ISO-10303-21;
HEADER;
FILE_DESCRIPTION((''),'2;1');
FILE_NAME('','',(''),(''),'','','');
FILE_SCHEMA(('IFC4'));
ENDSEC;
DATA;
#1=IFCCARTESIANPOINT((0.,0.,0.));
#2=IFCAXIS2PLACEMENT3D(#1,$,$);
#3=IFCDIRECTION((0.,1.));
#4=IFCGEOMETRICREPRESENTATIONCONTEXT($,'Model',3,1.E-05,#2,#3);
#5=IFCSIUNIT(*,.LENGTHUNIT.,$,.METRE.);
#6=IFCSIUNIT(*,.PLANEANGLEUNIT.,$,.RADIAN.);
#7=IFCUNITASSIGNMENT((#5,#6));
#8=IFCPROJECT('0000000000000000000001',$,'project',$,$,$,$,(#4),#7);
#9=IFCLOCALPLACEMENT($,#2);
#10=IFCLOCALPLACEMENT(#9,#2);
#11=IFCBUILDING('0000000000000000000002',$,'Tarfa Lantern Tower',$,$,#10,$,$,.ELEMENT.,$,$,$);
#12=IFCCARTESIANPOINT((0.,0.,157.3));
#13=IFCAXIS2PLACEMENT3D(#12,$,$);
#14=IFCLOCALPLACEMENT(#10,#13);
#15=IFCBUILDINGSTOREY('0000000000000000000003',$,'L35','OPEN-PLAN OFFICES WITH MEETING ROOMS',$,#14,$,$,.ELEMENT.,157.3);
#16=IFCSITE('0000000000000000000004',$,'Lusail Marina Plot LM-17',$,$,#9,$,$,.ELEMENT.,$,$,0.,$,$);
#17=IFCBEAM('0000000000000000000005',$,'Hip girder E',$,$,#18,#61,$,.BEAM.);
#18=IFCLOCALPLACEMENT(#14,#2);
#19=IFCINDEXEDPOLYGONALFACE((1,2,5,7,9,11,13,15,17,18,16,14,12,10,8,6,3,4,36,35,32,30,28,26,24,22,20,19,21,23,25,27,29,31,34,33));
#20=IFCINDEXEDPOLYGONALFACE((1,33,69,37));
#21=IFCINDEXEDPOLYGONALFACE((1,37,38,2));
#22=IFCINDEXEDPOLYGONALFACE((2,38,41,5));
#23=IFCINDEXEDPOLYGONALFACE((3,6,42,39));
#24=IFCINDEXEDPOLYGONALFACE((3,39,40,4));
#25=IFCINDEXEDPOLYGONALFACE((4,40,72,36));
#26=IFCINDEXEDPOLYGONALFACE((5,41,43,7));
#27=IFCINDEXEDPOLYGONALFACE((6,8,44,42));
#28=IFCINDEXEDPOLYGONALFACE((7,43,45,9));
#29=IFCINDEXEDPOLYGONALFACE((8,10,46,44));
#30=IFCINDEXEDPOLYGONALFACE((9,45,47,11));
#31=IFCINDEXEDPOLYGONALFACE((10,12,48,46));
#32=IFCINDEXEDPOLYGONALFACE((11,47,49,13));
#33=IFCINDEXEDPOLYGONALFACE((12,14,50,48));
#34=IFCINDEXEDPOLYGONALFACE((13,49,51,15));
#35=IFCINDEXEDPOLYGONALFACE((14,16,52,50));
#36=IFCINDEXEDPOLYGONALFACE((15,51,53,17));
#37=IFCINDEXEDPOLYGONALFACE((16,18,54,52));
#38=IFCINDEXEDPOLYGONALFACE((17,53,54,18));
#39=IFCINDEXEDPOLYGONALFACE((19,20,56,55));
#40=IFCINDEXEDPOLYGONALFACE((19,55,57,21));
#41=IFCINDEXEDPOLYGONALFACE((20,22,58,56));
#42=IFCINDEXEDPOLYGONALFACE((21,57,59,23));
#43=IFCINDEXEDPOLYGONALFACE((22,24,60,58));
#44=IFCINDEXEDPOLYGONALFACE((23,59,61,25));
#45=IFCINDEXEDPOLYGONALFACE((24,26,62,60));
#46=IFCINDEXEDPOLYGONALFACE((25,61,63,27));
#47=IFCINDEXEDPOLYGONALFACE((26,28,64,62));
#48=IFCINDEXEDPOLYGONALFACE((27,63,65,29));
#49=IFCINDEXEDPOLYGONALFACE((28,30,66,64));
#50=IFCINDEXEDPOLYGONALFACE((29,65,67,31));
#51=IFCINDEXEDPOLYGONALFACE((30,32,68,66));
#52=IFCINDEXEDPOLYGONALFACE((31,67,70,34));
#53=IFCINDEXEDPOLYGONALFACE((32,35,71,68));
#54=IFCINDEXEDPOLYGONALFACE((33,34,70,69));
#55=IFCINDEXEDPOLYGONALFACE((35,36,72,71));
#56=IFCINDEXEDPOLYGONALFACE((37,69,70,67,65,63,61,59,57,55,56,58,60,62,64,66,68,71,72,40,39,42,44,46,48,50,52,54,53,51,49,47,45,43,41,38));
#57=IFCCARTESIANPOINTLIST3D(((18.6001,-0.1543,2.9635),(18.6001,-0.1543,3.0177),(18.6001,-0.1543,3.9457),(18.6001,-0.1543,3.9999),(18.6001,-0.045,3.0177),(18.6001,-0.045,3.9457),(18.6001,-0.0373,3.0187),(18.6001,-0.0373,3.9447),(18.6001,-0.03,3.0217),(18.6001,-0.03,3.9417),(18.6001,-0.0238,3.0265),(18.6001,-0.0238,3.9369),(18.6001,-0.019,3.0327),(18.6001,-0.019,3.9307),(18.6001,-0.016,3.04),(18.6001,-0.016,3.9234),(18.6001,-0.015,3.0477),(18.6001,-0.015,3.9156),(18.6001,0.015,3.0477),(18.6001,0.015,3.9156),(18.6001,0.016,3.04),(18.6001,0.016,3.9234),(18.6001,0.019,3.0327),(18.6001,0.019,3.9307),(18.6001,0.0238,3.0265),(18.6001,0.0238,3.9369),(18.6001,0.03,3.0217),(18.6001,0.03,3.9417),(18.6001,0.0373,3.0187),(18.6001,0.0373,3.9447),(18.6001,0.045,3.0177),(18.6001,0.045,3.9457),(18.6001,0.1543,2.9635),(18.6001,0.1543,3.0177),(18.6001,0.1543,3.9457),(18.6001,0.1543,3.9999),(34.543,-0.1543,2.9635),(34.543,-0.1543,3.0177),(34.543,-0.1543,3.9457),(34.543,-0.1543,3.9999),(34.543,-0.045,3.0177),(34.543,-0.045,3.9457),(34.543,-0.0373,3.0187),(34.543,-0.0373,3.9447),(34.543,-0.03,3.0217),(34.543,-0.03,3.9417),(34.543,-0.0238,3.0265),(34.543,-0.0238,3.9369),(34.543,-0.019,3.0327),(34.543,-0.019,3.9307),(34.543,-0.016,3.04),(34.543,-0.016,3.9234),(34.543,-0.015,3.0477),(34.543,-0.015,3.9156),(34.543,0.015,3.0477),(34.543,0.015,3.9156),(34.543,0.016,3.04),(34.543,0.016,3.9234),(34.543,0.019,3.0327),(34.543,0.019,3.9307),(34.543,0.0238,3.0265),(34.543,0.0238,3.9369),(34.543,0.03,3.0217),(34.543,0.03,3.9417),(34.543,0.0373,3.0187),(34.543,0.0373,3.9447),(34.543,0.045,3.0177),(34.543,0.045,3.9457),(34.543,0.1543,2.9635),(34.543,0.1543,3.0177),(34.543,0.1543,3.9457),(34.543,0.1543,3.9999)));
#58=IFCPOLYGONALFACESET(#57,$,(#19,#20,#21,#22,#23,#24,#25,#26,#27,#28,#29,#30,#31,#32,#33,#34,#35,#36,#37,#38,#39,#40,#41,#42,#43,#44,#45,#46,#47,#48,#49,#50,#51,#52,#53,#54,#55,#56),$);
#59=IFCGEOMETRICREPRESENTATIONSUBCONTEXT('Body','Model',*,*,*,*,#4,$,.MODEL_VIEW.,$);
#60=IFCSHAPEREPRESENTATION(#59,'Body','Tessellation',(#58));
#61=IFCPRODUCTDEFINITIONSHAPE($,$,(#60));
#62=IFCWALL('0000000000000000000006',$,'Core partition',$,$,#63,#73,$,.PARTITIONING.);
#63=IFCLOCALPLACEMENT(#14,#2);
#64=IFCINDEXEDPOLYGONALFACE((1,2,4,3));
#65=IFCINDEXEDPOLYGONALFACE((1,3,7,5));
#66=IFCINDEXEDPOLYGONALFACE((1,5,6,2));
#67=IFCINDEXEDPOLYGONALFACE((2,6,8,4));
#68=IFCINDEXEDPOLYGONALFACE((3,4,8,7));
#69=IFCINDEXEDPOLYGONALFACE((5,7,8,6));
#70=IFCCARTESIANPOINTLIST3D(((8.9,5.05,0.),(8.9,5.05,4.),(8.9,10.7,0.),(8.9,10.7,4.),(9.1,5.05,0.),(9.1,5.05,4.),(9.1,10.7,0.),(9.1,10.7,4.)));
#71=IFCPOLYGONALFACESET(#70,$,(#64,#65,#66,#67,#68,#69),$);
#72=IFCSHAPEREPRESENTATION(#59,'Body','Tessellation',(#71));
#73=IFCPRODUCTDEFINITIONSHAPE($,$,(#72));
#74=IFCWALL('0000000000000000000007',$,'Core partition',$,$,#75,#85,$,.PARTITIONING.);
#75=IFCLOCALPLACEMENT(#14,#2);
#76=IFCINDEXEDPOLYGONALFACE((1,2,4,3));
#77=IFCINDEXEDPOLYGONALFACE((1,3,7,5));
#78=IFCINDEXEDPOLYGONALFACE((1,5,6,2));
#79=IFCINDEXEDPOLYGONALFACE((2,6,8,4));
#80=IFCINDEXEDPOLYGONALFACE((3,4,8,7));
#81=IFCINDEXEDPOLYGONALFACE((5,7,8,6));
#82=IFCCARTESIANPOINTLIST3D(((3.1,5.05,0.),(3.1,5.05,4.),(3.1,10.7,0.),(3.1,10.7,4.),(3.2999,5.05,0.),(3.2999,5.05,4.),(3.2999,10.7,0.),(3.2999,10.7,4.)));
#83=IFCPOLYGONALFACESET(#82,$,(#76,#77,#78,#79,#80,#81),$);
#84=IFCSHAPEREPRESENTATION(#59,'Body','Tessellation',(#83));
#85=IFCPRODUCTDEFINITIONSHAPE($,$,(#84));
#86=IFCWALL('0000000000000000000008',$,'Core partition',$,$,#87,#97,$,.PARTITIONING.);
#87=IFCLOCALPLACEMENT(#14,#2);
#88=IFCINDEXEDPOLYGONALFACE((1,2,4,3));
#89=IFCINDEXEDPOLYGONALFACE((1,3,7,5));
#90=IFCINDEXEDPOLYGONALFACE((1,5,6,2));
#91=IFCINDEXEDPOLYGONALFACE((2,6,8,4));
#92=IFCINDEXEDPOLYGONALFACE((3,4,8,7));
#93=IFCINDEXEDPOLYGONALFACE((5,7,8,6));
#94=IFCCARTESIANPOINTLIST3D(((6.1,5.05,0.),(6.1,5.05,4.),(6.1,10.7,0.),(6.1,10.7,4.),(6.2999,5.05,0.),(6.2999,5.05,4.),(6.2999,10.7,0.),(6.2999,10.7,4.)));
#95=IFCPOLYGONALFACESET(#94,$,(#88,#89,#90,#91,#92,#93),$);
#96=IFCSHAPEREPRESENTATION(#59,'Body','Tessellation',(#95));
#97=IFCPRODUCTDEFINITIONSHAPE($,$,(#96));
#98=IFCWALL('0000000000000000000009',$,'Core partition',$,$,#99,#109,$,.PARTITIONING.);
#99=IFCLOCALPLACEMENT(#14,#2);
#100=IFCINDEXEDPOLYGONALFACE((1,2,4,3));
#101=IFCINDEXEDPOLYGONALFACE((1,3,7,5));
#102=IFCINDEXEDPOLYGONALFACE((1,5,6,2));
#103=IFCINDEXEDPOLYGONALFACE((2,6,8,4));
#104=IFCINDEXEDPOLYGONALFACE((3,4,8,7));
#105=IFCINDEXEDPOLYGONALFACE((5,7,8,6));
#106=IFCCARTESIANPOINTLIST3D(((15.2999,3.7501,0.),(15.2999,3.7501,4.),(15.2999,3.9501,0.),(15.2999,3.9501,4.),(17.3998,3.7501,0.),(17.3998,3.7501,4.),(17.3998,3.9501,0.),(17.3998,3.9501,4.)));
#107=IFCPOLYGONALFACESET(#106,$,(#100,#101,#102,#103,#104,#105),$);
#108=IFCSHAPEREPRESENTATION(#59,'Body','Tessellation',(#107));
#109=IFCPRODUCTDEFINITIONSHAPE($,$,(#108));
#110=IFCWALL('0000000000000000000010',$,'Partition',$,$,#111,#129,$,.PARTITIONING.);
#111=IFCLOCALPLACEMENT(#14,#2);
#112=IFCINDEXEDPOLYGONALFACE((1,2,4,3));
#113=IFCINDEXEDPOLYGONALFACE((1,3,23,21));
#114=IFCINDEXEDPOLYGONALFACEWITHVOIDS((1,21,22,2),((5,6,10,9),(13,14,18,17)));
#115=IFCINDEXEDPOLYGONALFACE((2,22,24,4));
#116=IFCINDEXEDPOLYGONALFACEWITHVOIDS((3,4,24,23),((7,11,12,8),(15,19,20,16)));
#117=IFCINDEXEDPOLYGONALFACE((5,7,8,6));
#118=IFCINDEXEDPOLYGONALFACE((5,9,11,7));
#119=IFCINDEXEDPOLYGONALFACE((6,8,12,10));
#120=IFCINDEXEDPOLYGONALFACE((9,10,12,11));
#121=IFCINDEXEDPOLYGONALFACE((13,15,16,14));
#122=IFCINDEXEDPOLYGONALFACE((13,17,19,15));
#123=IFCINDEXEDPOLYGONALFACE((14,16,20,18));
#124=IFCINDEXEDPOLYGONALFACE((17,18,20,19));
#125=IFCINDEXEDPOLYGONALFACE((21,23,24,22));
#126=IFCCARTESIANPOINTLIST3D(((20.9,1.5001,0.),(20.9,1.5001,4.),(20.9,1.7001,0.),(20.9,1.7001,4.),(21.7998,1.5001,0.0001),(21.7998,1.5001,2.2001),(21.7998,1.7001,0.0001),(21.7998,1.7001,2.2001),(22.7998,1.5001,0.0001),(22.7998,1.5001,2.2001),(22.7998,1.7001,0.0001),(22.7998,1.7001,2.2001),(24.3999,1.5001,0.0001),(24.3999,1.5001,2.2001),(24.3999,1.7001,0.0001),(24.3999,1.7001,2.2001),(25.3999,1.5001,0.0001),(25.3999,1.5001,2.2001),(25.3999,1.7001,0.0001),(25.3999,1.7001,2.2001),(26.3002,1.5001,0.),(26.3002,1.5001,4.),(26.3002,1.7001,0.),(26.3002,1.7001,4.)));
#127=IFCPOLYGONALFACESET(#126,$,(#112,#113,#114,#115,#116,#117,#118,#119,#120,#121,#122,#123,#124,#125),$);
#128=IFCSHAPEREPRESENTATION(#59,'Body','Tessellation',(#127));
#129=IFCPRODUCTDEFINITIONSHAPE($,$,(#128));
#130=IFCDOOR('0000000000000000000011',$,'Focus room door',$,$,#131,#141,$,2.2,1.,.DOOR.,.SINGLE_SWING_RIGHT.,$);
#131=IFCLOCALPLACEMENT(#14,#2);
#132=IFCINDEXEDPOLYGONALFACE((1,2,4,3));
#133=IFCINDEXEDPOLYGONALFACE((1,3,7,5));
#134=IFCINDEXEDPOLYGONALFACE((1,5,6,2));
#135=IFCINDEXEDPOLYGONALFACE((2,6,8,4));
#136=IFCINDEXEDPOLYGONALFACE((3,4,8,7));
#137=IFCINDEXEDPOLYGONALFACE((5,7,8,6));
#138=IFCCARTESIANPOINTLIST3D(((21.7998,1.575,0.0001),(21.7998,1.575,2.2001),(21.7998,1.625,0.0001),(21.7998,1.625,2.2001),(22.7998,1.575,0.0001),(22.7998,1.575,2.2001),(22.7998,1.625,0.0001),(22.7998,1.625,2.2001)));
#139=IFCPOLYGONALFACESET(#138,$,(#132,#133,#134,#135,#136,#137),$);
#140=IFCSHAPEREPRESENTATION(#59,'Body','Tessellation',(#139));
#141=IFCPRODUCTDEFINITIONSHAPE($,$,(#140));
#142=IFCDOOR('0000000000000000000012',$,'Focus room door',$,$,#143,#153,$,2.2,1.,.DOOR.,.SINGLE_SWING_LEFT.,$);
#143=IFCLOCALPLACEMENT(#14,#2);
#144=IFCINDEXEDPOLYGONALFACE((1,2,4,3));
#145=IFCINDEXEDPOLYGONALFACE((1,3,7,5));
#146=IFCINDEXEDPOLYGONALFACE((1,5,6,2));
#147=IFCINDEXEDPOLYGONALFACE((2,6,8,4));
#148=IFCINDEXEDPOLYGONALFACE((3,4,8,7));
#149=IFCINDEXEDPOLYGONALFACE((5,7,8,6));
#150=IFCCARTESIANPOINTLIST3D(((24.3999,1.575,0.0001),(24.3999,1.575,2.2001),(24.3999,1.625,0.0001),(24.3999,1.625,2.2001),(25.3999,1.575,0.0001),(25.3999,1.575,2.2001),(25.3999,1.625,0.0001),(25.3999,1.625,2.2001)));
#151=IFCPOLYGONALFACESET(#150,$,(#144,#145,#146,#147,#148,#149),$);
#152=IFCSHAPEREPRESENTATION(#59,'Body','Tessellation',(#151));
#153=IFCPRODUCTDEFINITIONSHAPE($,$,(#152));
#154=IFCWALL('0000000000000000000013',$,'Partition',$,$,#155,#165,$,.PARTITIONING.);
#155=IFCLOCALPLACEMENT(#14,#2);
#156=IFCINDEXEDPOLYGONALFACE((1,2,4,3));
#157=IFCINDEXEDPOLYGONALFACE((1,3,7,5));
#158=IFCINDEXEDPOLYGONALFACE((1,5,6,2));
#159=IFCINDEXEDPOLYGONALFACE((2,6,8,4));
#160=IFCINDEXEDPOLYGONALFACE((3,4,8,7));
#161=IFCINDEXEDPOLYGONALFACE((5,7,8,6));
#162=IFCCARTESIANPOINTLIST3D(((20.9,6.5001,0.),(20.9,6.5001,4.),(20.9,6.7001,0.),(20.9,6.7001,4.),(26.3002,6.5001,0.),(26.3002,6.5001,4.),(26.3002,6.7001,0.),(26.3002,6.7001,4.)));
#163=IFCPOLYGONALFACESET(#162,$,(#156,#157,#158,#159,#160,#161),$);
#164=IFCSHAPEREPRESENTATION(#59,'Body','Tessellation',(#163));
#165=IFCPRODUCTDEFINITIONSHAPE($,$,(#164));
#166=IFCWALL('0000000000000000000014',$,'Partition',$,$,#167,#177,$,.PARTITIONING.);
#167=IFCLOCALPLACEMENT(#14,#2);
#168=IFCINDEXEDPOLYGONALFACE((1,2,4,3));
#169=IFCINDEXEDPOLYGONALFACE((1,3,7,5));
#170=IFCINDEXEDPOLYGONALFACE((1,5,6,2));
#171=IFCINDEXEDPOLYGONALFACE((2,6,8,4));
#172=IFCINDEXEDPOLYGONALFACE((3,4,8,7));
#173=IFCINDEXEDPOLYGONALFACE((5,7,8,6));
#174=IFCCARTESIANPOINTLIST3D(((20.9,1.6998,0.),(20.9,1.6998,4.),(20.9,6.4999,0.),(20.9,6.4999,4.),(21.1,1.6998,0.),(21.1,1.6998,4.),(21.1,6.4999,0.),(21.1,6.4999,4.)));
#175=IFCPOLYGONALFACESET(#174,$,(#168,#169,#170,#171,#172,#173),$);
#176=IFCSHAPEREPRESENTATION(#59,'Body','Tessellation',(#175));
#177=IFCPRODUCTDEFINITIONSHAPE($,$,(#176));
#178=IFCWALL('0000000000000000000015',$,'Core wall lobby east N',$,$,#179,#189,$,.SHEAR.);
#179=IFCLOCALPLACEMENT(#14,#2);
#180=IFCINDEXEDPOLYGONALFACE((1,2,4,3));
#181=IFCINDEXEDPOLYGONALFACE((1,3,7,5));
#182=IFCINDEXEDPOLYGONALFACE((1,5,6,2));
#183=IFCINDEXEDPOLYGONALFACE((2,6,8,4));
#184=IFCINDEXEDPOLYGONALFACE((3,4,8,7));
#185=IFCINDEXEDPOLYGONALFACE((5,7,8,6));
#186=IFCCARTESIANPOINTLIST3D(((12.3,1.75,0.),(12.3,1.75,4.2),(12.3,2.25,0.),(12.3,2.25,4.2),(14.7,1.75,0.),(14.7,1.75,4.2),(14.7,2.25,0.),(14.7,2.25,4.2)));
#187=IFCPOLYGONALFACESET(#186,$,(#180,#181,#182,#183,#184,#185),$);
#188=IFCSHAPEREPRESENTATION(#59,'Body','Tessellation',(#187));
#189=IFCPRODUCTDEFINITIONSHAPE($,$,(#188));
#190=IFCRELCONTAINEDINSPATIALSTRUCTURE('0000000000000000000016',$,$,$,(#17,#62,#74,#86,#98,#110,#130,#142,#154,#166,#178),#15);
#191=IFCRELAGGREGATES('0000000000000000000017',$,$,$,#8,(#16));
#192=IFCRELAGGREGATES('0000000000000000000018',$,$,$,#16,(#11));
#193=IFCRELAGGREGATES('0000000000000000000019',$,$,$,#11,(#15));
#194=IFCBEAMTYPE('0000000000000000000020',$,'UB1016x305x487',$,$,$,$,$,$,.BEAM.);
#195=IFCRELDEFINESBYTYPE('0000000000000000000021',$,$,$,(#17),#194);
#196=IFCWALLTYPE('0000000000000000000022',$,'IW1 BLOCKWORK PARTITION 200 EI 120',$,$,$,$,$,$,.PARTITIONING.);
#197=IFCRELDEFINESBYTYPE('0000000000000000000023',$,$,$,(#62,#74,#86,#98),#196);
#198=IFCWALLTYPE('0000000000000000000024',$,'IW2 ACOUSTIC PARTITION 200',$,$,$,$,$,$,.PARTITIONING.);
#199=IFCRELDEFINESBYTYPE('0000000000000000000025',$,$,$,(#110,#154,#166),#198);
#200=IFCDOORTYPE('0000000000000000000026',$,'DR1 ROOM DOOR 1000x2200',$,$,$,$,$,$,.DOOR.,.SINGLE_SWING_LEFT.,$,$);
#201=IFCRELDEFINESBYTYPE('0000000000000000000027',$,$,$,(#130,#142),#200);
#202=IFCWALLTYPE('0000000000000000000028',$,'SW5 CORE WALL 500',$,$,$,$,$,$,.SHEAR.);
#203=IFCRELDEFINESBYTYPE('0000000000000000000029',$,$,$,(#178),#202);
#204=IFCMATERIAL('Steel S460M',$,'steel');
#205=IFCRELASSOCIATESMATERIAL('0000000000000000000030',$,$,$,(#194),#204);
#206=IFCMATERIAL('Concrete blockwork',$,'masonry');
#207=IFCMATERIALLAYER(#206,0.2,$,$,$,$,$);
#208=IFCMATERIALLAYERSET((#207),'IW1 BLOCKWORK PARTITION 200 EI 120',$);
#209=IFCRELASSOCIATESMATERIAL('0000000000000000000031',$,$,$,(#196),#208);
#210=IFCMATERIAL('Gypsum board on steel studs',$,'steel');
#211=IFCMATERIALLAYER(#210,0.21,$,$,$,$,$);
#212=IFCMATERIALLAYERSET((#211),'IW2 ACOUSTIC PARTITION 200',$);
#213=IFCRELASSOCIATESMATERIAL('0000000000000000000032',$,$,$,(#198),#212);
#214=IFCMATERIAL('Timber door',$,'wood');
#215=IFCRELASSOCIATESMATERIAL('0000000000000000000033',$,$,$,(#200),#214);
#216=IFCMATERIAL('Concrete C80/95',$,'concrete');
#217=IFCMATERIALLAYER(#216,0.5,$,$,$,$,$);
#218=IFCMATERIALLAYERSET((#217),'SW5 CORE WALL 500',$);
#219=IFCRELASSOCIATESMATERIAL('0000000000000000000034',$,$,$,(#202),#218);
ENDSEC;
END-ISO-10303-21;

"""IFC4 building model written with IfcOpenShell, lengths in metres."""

from ifc_helpers import new_model, si_unit, direction, frame, frame_2d, origin, origin_2d, place, context, subcontext, project, spatial, rectangle, i_section, extrude, material, layer, layer_set, material_profile, profile_set, type_object, element, fill, save


model = new_model("IFC4")

# Units and contexts
model_context = context("Model", 3, precision=1e-05, world=origin(), true_north=direction((0.0, 1.0)))
body_context = subcontext(model_context, "Body", "Model", "MODEL_VIEW")
ifc_project = project(units=[si_unit("LENGTHUNIT", "METRE"), si_unit("PLANEANGLEUNIT", "RADIAN")], contexts=[model_context])

# Site, building, storey
site_placement = place(None, origin())
site = spatial("IfcSite", under=ifc_project, at=site_placement, Name="Lusail Marina Plot LM-17", CompositionType="ELEMENT", RefElevation=0.0)
building_placement = place(site_placement, origin())
building = spatial("IfcBuilding", under=site, at=building_placement, Name="Tarfa Lantern Tower", CompositionType="ELEMENT")
storey_placement = place(building_placement, frame((0.0, 0.0, 157.3)))
storey = spatial("IfcBuildingStorey", under=building, at=storey_placement, Name="L35", Description="OPEN-PLAN OFFICES WITH MEETING ROOMS", CompositionType="ELEMENT", Elevation=157.3)

# Beam
ifc_material_1 = material(Name="Steel S460M", Category="steel")
ifc_material_profile = material_profile(ifc_material_1, i_section(OverallWidth=0.3086, OverallDepth=1.0364, WebThickness=0.03, FlangeThickness=0.0542, FilletRadius=0.03, at=origin_2d()), Name="UB1016x305x487")
ifc_profile_set = profile_set([ifc_material_profile], Name="Steel S460M")
beam_type = type_object("IfcBeamType", Name="UB1016x305x487", PredefinedType="BEAM", material=ifc_profile_set)
beam_placement = place(storey_placement, frame((18.6001, 0.0, 3.4817), z_axis=(1.0, 0.0, 0.0), x_axis=(0.0, 1.0, 0.0)))
element("IfcBeam", 1, at=beam_placement, inside=storey, type_object=beam_type, Name="Hip girder E", PredefinedType="BEAM", context=body_context, shape_type="SweptSolid", body=[
    extrude(i_section(OverallWidth=0.3086, OverallDepth=1.0364, WebThickness=0.03, FlangeThickness=0.0542, FilletRadius=0.03, at=origin_2d()), origin(), (0.0, 0.0, 1.0), 15.9429),
])

# Walls
ifc_material_2 = material(Name="Concrete blockwork", Category="masonry")
ifc_layer_1 = layer(ifc_material_2, 0.2)
ifc_layer_set_1 = layer_set([ifc_layer_1], Name="IW1 BLOCKWORK PARTITION 200 EI 120")
wall_type_1 = type_object("IfcWallType", Name="IW1 BLOCKWORK PARTITION 200 EI 120", PredefinedType="PARTITIONING", material=ifc_layer_set_1)
for number, where, z_axis, x_axis, name in (
    (2, (9.0, 5.05, 0.0), (0.0, 0.0, 1.0), (0.0, 1.0, 0.0), "Core partition"),
    (3, (3.2, 5.05, 0.0), (0.0, 0.0, 1.0), (0.0, 1.0, 0.0), "Core partition"),
    (4, (6.2, 5.05, 0.0), (0.0, 0.0, 1.0), (0.0, 1.0, 0.0), "Core partition"),
):
    element("IfcWall", number, at=place(storey_placement, frame(where, z_axis=z_axis, x_axis=x_axis)), inside=storey, type_object=wall_type_1, Name=name, PredefinedType="PARTITIONING", context=body_context, shape_type="SweptSolid", body=[
        extrude(rectangle(XDim=5.6499, YDim=0.2, at=frame_2d((2.825, 0.0))), origin(), (0.0, 0.0, 1.0), 4.0),
    ])
wall_1_placement = place(storey_placement, frame((15.3, 3.8501, 0.0), z_axis=(0.0, 0.0, 1.0), x_axis=(1.0, 0.0, 0.0)))
element("IfcWall", 5, at=wall_1_placement, inside=storey, type_object=wall_type_1, Name="Core partition", PredefinedType="PARTITIONING", context=body_context, shape_type="SweptSolid", body=[
    extrude(rectangle(XDim=2.0999, YDim=0.2, at=frame_2d((1.0498, 0.0))), origin(), (0.0, 0.0, 1.0), 4.0),
])

# Wall, openings, doors
ifc_material_3 = material(Name="Gypsum board on steel studs", Category="steel")
ifc_layer_2 = layer(ifc_material_3, 0.21)
ifc_layer_set_2 = layer_set([ifc_layer_2], Name="IW2 ACOUSTIC PARTITION 200")
wall_type_2 = type_object("IfcWallType", Name="IW2 ACOUSTIC PARTITION 200", PredefinedType="PARTITIONING", material=ifc_layer_set_2)
wall_2_placement = place(storey_placement, frame((20.8999, 1.6001, 0.0), z_axis=(0.0, 0.0, 1.0), x_axis=(1.0, 0.0, 0.0)))
wall_2 = element("IfcWall", 6, at=wall_2_placement, inside=storey, type_object=wall_type_2, Name="Partition", PredefinedType="PARTITIONING", context=body_context, shape_type="SweptSolid", body=[
    extrude(rectangle(XDim=5.4001, YDim=0.2, at=frame_2d((2.7002, 0.0))), origin(), (0.0, 0.0, 1.0), 4.0),
])
opening_1_placement = place(wall_2_placement, frame((0.8999, 0.0, 0.0)))
opening_1 = element("IfcOpeningElement", 7, at=opening_1_placement, cuts=wall_2, PredefinedType="OPENING", context=body_context, shape_type="SweptSolid", body=[
    extrude(rectangle(XDim=1.0, YDim=2.2, at=frame_2d((0.5, 1.1001))), frame((0.0, 0.1099, 0.0), z_axis=(0.0, -1.0, 0.0), x_axis=(1.0, 0.0, 0.0)), (0.0, 0.0, 1.0), 0.22),
])
opening_2_placement = place(wall_2_placement, frame((3.5, 0.0, 0.0)))
opening_2 = element("IfcOpeningElement", 8, at=opening_2_placement, cuts=wall_2, PredefinedType="OPENING", context=body_context, shape_type="SweptSolid", body=[
    extrude(rectangle(XDim=1.0, YDim=2.2, at=frame_2d((0.5, 1.1001))), frame((0.0, 0.1099, 0.0), z_axis=(0.0, -1.0, 0.0), x_axis=(1.0, 0.0, 0.0)), (0.0, 0.0, 1.0), 0.22),
])
ifc_material_4 = material(Name="Timber door", Category="wood")
door_type_1 = type_object("IfcDoorType", Name="DR1 ROOM DOOR 1000x2200", OperationType="SINGLE_SWING_LEFT", PredefinedType="DOOR", material=ifc_material_4)
door_1_placement = place(opening_1_placement, origin())
door_1 = element("IfcDoor", 9, at=door_1_placement, inside=storey, type_object=door_type_1, Name="Focus room door", OperationType="SINGLE_SWING_RIGHT", OverallHeight=2.2, OverallWidth=1.0, PredefinedType="DOOR", context=body_context, shape_type="SweptSolid", body=[
    extrude(rectangle(XDim=1.0, YDim=2.2, at=frame_2d((0.5, 1.1001))), frame((0.0, 0.0249, 0.0), z_axis=(0.0, -1.0, 0.0), x_axis=(1.0, 0.0, 0.0)), (0.0, 0.0, 1.0), 0.05),
])
fill(opening_1, door_1)
door_2_placement = place(opening_2_placement, origin())
door_2 = element("IfcDoor", 10, at=door_2_placement, inside=storey, type_object=door_type_1, Name="Focus room door", OperationType="SINGLE_SWING_LEFT", OverallHeight=2.2, OverallWidth=1.0, PredefinedType="DOOR", context=body_context, shape_type="SweptSolid", body=[
    extrude(rectangle(XDim=1.0, YDim=2.2, at=frame_2d((0.5, 1.1001))), frame((0.0, 0.0249, 0.0), z_axis=(0.0, -1.0, 0.0), x_axis=(1.0, 0.0, 0.0)), (0.0, 0.0, 1.0), 0.05),
])
fill(opening_2, door_2)

# Walls
wall_3_placement = place(storey_placement, frame((20.8999, 6.6001, 0.0), z_axis=(0.0, 0.0, 1.0), x_axis=(1.0, 0.0, 0.0)))
element("IfcWall", 11, at=wall_3_placement, inside=storey, type_object=wall_type_2, Name="Partition", PredefinedType="PARTITIONING", context=body_context, shape_type="SweptSolid", body=[
    extrude(rectangle(XDim=5.4001, YDim=0.2, at=frame_2d((2.7002, 0.0))), origin(), (0.0, 0.0, 1.0), 4.0),
])
wall_4_placement = place(storey_placement, frame((21.0, 1.7, 0.0), z_axis=(0.0, 0.0, 1.0), x_axis=(0.0, 1.0, 0.0)))
element("IfcWall", 12, at=wall_4_placement, inside=storey, type_object=wall_type_2, Name="Partition", PredefinedType="PARTITIONING", context=body_context, shape_type="SweptSolid", body=[
    extrude(rectangle(XDim=4.8, YDim=0.2, at=frame_2d((2.3999, 0.0))), origin(), (0.0, 0.0, 1.0), 4.0),
])
ifc_material_5 = material(Name="Concrete C80/95", Category="concrete")
ifc_layer_3 = layer(ifc_material_5, 0.5)
ifc_layer_set_3 = layer_set([ifc_layer_3], Name="SW5 CORE WALL 500")
wall_type_3 = type_object("IfcWallType", Name="SW5 CORE WALL 500", PredefinedType="SHEAR", material=ifc_layer_set_3)
wall_5_placement = place(storey_placement, frame((12.3, 2.0, 0.0), z_axis=(0.0, 0.0, 1.0), x_axis=(1.0, 0.0, 0.0)))
element("IfcWall", 13, at=wall_5_placement, inside=storey, type_object=wall_type_3, Name="Core wall lobby east N", PredefinedType="SHEAR", context=body_context, shape_type="SweptSolid", body=[
    extrude(rectangle(XDim=2.3999, YDim=0.5, at=frame_2d((1.2, 0.0))), origin(), (0.0, 0.0, 1.0), 4.2),
])

save(model, "model.ifc")
